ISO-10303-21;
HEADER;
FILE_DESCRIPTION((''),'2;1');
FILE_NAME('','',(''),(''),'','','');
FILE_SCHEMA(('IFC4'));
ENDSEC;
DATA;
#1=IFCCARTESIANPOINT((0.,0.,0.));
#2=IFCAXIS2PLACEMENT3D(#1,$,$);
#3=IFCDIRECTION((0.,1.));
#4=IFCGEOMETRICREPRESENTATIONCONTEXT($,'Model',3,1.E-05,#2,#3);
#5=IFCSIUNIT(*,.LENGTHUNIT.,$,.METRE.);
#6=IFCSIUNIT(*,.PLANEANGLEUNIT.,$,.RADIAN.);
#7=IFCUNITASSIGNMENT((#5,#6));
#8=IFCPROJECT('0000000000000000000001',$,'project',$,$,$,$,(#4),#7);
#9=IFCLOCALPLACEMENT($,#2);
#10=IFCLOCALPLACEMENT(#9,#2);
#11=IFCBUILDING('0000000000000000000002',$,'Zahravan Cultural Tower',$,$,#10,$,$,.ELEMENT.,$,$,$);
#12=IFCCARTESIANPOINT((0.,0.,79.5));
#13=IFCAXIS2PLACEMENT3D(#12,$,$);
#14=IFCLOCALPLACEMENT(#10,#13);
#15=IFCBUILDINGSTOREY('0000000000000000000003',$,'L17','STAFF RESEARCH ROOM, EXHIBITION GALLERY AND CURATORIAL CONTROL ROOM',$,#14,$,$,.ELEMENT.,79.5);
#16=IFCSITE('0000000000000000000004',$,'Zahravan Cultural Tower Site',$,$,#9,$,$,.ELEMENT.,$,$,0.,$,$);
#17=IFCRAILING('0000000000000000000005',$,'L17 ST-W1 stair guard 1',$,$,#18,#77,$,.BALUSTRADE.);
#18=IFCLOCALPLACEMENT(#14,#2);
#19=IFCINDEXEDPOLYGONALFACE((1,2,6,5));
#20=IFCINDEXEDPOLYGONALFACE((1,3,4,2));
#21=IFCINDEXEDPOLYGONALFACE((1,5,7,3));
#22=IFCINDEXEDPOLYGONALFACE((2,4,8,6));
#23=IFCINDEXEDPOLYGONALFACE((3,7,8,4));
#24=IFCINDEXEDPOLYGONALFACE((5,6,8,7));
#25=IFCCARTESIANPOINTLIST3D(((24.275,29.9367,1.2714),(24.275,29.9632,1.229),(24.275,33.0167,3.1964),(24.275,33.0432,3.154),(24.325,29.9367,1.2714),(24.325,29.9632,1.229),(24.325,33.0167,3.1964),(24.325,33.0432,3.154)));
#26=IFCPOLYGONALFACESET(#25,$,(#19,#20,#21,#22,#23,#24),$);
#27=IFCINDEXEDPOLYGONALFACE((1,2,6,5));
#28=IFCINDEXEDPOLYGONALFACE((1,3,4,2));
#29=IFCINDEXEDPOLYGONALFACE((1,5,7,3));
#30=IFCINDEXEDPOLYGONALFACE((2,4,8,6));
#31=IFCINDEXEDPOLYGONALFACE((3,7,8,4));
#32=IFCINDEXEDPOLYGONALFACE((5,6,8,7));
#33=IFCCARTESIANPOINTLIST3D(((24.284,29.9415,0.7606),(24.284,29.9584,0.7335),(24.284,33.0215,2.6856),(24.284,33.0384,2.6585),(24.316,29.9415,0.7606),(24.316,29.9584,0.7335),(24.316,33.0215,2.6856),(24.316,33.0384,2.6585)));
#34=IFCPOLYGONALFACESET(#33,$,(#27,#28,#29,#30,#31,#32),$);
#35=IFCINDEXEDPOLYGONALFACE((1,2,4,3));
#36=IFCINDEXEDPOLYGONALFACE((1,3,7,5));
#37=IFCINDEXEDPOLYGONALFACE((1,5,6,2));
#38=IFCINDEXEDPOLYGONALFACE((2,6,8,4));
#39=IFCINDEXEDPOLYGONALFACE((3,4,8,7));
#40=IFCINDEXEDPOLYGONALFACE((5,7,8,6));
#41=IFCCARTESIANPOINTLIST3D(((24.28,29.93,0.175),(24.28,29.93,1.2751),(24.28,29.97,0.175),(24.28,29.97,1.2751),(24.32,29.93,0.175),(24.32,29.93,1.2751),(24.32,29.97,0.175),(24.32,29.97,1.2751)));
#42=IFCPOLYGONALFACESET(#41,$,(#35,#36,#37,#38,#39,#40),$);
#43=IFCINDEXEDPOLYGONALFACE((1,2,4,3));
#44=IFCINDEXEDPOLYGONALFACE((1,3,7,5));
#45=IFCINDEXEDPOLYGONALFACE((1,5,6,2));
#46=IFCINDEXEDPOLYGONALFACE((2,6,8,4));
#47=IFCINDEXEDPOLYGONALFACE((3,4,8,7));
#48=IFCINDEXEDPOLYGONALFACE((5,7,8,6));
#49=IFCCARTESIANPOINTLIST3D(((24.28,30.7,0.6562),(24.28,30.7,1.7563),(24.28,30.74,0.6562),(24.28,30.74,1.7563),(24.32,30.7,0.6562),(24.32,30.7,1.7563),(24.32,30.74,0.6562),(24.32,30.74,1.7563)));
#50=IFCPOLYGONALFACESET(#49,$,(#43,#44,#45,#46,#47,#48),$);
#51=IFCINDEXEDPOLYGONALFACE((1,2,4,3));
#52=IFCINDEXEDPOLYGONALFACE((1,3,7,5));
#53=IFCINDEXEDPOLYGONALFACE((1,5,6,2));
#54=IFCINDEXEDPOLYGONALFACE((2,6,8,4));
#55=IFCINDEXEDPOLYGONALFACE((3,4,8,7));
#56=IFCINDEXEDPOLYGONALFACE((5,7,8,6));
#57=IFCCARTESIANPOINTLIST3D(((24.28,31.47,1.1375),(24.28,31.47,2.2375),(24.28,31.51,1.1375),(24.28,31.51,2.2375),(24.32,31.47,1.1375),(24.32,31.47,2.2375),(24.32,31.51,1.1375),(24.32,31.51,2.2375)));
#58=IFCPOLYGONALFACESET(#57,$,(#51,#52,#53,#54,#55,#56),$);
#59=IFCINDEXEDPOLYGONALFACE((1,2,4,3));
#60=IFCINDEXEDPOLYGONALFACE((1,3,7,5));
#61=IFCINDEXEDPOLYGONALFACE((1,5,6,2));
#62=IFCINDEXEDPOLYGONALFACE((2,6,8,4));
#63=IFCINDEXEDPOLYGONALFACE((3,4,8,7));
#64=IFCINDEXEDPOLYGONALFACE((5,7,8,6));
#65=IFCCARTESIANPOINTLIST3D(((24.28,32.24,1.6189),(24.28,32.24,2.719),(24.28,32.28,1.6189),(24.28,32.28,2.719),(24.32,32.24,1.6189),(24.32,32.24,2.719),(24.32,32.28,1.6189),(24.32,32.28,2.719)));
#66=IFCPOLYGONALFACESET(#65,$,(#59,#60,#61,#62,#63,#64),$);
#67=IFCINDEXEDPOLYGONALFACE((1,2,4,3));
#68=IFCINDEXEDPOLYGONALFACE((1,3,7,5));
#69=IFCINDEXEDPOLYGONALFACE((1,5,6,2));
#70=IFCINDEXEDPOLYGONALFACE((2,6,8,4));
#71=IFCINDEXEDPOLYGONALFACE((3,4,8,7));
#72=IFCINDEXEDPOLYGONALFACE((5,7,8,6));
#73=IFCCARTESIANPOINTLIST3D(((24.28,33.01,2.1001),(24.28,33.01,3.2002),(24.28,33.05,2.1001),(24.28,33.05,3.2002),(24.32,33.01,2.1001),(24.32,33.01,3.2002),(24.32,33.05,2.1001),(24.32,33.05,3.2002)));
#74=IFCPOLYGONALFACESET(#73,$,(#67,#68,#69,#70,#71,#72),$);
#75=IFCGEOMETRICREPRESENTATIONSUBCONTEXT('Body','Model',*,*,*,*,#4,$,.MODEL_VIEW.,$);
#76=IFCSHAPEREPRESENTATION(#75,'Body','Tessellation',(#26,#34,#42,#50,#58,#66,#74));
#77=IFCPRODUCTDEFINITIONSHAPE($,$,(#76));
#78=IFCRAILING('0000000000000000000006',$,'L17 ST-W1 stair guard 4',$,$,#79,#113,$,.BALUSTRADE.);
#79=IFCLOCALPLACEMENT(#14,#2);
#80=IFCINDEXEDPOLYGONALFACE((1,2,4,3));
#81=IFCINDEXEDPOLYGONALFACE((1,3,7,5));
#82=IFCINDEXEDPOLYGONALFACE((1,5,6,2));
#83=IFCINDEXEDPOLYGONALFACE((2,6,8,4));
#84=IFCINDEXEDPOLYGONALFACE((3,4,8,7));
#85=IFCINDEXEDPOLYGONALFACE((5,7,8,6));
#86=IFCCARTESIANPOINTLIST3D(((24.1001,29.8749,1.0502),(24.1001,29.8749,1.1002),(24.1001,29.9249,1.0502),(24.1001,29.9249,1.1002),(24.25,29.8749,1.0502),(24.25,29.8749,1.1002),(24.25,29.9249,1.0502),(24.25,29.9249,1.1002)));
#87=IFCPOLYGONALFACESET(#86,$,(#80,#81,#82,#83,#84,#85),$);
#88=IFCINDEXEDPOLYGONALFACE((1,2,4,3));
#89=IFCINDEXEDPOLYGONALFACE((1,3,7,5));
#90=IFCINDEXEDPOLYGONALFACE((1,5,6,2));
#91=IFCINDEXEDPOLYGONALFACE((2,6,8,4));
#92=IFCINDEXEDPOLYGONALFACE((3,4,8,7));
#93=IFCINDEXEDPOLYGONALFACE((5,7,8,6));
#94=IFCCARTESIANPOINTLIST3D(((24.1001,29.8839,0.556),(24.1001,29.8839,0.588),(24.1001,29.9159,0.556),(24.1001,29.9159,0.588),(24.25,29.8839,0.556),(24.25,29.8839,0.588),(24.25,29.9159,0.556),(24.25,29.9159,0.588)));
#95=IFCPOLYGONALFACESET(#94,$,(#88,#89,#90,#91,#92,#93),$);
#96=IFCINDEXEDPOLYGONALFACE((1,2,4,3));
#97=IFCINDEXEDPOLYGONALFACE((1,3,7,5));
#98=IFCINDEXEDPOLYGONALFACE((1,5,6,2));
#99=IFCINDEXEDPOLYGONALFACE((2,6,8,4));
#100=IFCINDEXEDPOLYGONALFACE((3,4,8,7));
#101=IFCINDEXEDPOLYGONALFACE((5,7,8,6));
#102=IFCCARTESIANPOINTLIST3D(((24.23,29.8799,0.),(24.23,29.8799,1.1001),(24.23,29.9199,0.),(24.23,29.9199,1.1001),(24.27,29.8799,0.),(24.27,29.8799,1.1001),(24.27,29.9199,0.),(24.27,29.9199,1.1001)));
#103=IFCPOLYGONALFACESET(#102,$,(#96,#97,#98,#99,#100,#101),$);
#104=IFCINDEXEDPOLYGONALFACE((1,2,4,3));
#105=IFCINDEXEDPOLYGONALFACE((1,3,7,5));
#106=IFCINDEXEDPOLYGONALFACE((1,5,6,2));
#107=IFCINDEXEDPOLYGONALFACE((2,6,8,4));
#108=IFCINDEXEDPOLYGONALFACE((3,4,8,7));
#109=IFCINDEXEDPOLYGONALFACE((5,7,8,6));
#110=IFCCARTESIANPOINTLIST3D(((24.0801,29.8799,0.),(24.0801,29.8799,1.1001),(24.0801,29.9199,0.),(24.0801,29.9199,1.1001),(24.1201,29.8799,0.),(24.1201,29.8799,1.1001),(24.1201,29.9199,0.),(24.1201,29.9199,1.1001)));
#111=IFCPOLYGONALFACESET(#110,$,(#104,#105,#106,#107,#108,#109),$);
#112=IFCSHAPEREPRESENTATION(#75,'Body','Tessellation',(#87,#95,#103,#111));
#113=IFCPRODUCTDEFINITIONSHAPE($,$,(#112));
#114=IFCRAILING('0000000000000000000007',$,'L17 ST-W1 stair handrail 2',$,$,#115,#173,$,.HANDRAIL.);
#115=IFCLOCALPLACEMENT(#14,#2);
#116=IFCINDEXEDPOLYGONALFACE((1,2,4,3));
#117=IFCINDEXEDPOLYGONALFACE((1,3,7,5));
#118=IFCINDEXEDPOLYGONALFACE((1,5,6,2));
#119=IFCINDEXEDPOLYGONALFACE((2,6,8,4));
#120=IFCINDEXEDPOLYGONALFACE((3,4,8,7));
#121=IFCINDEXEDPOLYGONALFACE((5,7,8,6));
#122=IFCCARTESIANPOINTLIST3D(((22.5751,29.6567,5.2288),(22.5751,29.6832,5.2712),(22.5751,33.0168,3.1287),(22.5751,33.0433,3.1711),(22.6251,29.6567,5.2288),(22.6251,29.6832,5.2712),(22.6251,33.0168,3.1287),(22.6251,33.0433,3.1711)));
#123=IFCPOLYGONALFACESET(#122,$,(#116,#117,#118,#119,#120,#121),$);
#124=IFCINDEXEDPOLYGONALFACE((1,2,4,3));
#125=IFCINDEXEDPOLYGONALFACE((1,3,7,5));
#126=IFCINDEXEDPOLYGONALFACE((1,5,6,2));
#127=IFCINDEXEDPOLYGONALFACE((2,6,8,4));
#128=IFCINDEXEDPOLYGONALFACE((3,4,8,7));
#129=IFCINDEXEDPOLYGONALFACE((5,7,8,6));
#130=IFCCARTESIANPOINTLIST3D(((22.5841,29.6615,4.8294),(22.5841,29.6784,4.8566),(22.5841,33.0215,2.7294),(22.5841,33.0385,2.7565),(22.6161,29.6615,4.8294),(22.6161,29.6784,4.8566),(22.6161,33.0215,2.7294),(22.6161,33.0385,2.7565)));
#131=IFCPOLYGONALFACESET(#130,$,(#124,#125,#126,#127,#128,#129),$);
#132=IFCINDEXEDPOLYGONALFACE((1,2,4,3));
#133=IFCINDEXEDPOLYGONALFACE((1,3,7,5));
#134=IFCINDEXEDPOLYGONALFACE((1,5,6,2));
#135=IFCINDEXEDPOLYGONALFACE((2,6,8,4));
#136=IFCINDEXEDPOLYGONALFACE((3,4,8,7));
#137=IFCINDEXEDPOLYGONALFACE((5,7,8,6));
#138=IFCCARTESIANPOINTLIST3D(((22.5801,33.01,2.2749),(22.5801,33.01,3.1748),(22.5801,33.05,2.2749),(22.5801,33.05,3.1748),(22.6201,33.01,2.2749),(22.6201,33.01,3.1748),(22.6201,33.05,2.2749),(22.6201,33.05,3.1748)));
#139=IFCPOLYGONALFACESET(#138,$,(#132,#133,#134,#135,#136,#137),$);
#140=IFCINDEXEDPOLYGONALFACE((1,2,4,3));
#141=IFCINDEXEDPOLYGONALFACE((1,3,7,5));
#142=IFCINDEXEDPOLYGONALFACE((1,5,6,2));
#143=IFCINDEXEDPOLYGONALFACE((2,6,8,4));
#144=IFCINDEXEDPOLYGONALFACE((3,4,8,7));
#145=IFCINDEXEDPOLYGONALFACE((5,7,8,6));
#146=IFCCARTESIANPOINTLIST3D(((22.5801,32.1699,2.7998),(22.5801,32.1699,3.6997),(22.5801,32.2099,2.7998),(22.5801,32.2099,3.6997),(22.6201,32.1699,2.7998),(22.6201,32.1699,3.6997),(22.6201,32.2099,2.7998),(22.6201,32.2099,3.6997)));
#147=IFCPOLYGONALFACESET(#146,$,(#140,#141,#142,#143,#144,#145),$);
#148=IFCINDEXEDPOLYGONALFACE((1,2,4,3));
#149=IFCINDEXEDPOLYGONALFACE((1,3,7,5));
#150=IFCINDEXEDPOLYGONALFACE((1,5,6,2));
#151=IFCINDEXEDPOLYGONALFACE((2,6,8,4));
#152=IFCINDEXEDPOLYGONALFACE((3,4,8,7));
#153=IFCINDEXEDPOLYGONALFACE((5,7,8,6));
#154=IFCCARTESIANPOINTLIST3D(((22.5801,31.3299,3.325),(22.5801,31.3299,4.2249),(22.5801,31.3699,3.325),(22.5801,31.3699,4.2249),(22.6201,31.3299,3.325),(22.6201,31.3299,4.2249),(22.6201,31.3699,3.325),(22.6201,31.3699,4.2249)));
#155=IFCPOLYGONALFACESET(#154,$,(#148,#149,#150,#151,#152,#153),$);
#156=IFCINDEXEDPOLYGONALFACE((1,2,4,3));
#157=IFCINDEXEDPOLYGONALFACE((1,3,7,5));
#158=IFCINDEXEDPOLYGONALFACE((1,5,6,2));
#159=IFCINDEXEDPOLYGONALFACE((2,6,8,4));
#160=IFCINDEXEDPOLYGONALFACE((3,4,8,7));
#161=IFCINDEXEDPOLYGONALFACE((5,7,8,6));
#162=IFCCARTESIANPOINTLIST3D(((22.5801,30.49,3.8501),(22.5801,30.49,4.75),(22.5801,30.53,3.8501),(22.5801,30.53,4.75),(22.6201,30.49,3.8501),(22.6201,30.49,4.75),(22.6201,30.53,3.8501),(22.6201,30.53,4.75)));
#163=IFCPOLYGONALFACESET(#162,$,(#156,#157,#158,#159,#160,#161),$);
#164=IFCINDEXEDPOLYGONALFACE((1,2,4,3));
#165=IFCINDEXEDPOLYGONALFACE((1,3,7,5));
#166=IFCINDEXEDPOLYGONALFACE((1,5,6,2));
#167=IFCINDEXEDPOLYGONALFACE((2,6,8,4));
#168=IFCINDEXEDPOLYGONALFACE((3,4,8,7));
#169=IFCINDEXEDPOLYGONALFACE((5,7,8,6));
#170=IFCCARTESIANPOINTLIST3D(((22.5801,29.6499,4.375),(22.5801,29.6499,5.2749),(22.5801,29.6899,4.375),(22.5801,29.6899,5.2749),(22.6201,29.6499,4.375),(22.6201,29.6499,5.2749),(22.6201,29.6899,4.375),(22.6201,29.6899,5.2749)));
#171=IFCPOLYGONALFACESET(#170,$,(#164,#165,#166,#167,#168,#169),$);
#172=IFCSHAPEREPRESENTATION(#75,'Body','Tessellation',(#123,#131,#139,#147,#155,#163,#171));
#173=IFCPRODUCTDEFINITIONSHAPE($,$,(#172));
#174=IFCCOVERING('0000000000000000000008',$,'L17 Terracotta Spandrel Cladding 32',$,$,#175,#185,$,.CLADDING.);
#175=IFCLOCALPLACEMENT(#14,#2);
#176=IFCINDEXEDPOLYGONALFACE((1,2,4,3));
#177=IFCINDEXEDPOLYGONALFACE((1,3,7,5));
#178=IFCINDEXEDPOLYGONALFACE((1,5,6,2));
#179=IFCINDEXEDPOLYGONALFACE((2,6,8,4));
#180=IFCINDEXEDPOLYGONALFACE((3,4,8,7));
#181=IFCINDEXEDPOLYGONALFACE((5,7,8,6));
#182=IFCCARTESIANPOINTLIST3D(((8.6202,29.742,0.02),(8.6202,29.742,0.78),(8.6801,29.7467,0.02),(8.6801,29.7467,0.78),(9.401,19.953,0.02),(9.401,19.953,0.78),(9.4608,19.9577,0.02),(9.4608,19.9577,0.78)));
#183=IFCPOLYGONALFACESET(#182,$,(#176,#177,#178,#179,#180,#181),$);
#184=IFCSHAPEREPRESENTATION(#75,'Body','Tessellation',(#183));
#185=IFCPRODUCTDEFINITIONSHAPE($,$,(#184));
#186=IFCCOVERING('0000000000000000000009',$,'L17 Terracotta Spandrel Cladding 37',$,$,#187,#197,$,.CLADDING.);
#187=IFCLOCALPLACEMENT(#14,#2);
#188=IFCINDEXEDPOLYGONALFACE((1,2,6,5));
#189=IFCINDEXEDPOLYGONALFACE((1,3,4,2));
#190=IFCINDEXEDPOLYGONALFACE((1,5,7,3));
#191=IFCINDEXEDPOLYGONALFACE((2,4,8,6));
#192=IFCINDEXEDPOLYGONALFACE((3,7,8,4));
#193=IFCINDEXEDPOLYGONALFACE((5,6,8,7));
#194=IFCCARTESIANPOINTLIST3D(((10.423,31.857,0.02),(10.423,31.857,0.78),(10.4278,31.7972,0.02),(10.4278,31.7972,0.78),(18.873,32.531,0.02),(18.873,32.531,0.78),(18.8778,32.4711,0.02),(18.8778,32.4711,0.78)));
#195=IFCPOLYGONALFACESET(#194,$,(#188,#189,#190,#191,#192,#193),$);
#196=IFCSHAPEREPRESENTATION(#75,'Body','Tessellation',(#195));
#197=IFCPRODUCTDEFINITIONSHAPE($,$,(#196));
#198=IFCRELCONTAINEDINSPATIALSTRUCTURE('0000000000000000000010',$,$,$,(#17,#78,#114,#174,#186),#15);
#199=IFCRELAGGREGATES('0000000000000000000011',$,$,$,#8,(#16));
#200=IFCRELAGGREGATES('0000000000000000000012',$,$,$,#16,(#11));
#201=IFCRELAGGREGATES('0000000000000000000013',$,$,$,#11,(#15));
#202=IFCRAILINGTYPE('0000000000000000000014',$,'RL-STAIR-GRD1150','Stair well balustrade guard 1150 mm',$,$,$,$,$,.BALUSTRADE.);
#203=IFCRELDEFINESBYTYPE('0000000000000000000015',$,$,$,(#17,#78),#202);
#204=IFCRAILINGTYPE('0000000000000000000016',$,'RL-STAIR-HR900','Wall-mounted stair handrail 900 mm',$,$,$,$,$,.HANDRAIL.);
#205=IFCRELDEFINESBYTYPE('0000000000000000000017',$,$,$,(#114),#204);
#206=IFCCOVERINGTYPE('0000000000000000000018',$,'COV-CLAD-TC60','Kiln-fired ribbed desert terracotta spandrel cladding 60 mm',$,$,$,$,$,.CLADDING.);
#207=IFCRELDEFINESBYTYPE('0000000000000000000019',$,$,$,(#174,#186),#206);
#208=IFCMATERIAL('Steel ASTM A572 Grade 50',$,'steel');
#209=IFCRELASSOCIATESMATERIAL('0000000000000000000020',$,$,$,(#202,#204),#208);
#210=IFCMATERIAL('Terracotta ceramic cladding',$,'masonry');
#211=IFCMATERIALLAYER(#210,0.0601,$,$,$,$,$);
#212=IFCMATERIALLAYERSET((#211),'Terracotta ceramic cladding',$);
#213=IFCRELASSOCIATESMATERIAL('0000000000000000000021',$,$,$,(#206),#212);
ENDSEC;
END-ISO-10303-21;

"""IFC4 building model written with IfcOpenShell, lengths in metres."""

from ifc_helpers import new_model, si_unit, direction, frame, origin, origin_2d, place, context, subcontext, project, spatial, rectangle, extrude, source, transform, mapped, material, layer, layer_set, type_object, element, save


model = new_model("IFC4")

# Units and contexts
model_context = context("Model", 3, precision=1e-05, world=origin(), true_north=direction((0.0, 1.0)))
body_context = subcontext(model_context, "Body", "Model", "MODEL_VIEW")
ifc_project = project(units=[si_unit("LENGTHUNIT", "METRE"), si_unit("PLANEANGLEUNIT", "RADIAN")], contexts=[model_context])

# Site, building, storey
site_placement = place(None, origin())
site = spatial("IfcSite", under=ifc_project, at=site_placement, Name="Zahravan Cultural Tower Site", CompositionType="ELEMENT", RefElevation=0.0)
building_placement = place(site_placement, origin())
building = spatial("IfcBuilding", under=site, at=building_placement, Name="Zahravan Cultural Tower", CompositionType="ELEMENT")
storey_placement = place(building_placement, frame((0.0, 0.0, 79.5)))
storey = spatial("IfcBuildingStorey", under=building, at=storey_placement, Name="L17", Description="STAFF RESEARCH ROOM, EXHIBITION GALLERY AND CURATORIAL CONTROL ROOM", CompositionType="ELEMENT", Elevation=79.5)

# Railings
ifc_material_1 = material(Name="Steel ASTM A572 Grade 50", Category="steel")
railing_type_1 = type_object("IfcRailingType", Name="RL-STAIR-GRD1150", Description="Stair well balustrade guard 1150 mm", PredefinedType="BALUSTRADE", material=ifc_material_1)
railing_1_placement = place(storey_placement, frame((24.3, 29.95, 0.175)))
element("IfcRailing", 1, at=railing_1_placement, inside=storey, type_object=railing_type_1, Name="L17 ST-W1 stair guard 1", PredefinedType="BALUSTRADE", context=body_context, shape_type="SweptSolid", body=[
    extrude(rectangle(XDim=0.05, YDim=0.05, at=origin_2d()), frame((0.0, 0.0, 1.0752), z_axis=(0.0, 0.847998, 0.529999), x_axis=(-1.0, 0.0, 0.0)), (0.0, 0.0, 1.0), 3.6321),
    extrude(rectangle(XDim=0.032, YDim=0.032, at=origin_2d()), frame((0.0, 0.0, 0.572), z_axis=(0.0, 0.847998, 0.529999), x_axis=(-1.0, 0.0, 0.0)), (0.0, 0.0, 1.0), 3.6321),
    extrude(rectangle(XDim=0.04, YDim=0.04, at=origin_2d()), origin(), (0.0, 0.0, 1.0), 1.1001),
    extrude(rectangle(XDim=0.04, YDim=0.04, at=origin_2d()), frame((0.0, 0.77, 0.4812)), (0.0, 0.0, 1.0), 1.1001),
    extrude(rectangle(XDim=0.04, YDim=0.04, at=origin_2d()), frame((0.0, 1.54, 0.9624)), (0.0, 0.0, 1.0), 1.1001),
    extrude(rectangle(XDim=0.04, YDim=0.04, at=origin_2d()), frame((0.0, 2.3101, 1.4438)), (0.0, 0.0, 1.0), 1.1001),
    extrude(rectangle(XDim=0.04, YDim=0.04, at=origin_2d()), frame((0.0, 3.0801, 1.925)), (0.0, 0.0, 1.0), 1.1001),
])
railing_2_placement = place(storey_placement, frame((24.25, 29.8999, 0.0)))
element("IfcRailing", 2, at=railing_2_placement, inside=storey, type_object=railing_type_1, Name="L17 ST-W1 stair guard 4", PredefinedType="BALUSTRADE", context=body_context, shape_type="SweptSolid", body=[
    extrude(rectangle(XDim=0.05, YDim=0.05, at=origin_2d()), frame((0.0, 0.0, 1.0752), z_axis=(-1.0, 0.0, 0.0), x_axis=(0.0, -1.0, 0.0)), (0.0, 0.0, 1.0), 0.1499),
    extrude(rectangle(XDim=0.032, YDim=0.032, at=origin_2d()), frame((0.0, 0.0, 0.572), z_axis=(-1.0, 0.0, 0.0), x_axis=(0.0, -1.0, 0.0)), (0.0, 0.0, 1.0), 0.1499),
    extrude(rectangle(XDim=0.04, YDim=0.04, at=origin_2d()), origin(), (0.0, 0.0, 1.0), 1.1001),
    extrude(rectangle(XDim=0.04, YDim=0.04, at=origin_2d()), frame((-0.1499, 0.0, 0.0)), (0.0, 0.0, 1.0), 1.1001),
])
railing_type_2 = type_object("IfcRailingType", Name="RL-STAIR-HR900", Description="Wall-mounted stair handrail 900 mm", PredefinedType="HANDRAIL", material=ifc_material_1)
railing_3_placement = place(storey_placement, frame((22.6001, 33.03, 2.2749)))
element("IfcRailing", 3, at=railing_3_placement, inside=storey, type_object=railing_type_2, Name="L17 ST-W1 stair handrail 2", PredefinedType="HANDRAIL", context=body_context, shape_type="SweptSolid", body=[
    extrude(rectangle(XDim=0.05, YDim=0.05, at=origin_2d()), frame((0.0, 0.0, 0.875), z_axis=(0.0, -0.847995, 0.530004), x_axis=(1.0, 0.0, 0.0)), (0.0, 0.0, 1.0), 3.9624),
    extrude(rectangle(XDim=0.032, YDim=0.032, at=origin_2d()), frame((0.0, 0.0, 0.468), z_axis=(0.0, -0.847995, 0.530004), x_axis=(1.0, 0.0, 0.0)), (0.0, 0.0, 1.0), 3.9624),
    extrude(rectangle(XDim=0.04, YDim=0.04, at=origin_2d()), origin(), (0.0, 0.0, 1.0), 0.8999),
    extrude(rectangle(XDim=0.04, YDim=0.04, at=origin_2d()), frame((0.0, -0.8401, 0.5249)), (0.0, 0.0, 1.0), 0.8999),
    extrude(rectangle(XDim=0.04, YDim=0.04, at=origin_2d()), frame((0.0, -1.6802, 1.05)), (0.0, 0.0, 1.0), 0.8999),
    extrude(rectangle(XDim=0.04, YDim=0.04, at=origin_2d()), frame((0.0, -2.52, 1.5752)), (0.0, 0.0, 1.0), 0.8999),
    extrude(rectangle(XDim=0.04, YDim=0.04, at=origin_2d()), frame((0.0, -3.3601, 2.1001)), (0.0, 0.0, 1.0), 0.8999),
])

# Coverings
ifc_material_2 = material(Name="Terracotta ceramic cladding", Category="masonry")
ifc_layer_1 = layer(ifc_material_2, 0.0601)
ifc_layer_set_1 = layer_set([ifc_layer_1], Name="Terracotta ceramic cladding")
covering_type = type_object("IfcCoveringType", Name="COV-CLAD-TC60", Description="Kiln-fired ribbed desert terracotta spandrel cladding 60 mm", PredefinedType="CLADDING", material=ifc_layer_set_1)
shared_shape_1 = source(origin(), body_context, "Body", "SweptSolid", [
    extrude(rectangle(XDim=9.8201, YDim=0.0601, at=origin_2d()), origin(), (0.0, 0.0, 1.0), 0.76),
])
covering_1_placement = place(storey_placement, frame((9.0405, 24.8499, 0.02), z_axis=(0.0, 0.0, 1.0), x_axis=(-0.079503, 0.996835, 0.0)))
element("IfcCovering", 4, at=covering_1_placement, inside=storey, type_object=covering_type, Name="L17 Terracotta Spandrel Cladding 32", PredefinedType="CLADDING", context=body_context, shape_type="MappedRepresentation", body=[
    mapped(shared_shape_1, transform((0.0, 0.0, 0.0), x_axis=(1.0, 0.0, 0.0), y_axis=(0.0, 1.0, 0.0), z_axis=(0.0, 0.0, 1.0), scale=1.0)),
])
shared_shape_2 = source(origin(), body_context, "Body", "SweptSolid", [
    extrude(rectangle(XDim=8.4768, YDim=0.0601, at=origin_2d()), origin(), (0.0, 0.0, 1.0), 0.76),
])
covering_2_placement = place(storey_placement, frame((14.6504, 32.1641, 0.02), z_axis=(0.0, 0.0, 1.0), x_axis=(0.996835, 0.079503, 0.0)))
element("IfcCovering", 5, at=covering_2_placement, inside=storey, type_object=covering_type, Name="L17 Terracotta Spandrel Cladding 37", PredefinedType="CLADDING", context=body_context, shape_type="MappedRepresentation", body=[
    mapped(shared_shape_2, transform((0.0, 0.0, 0.0), x_axis=(1.0, 0.0, 0.0), y_axis=(0.0, 1.0, 0.0), z_axis=(0.0, 0.0, 1.0), scale=1.0)),
])

save(model, "model.ifc")
